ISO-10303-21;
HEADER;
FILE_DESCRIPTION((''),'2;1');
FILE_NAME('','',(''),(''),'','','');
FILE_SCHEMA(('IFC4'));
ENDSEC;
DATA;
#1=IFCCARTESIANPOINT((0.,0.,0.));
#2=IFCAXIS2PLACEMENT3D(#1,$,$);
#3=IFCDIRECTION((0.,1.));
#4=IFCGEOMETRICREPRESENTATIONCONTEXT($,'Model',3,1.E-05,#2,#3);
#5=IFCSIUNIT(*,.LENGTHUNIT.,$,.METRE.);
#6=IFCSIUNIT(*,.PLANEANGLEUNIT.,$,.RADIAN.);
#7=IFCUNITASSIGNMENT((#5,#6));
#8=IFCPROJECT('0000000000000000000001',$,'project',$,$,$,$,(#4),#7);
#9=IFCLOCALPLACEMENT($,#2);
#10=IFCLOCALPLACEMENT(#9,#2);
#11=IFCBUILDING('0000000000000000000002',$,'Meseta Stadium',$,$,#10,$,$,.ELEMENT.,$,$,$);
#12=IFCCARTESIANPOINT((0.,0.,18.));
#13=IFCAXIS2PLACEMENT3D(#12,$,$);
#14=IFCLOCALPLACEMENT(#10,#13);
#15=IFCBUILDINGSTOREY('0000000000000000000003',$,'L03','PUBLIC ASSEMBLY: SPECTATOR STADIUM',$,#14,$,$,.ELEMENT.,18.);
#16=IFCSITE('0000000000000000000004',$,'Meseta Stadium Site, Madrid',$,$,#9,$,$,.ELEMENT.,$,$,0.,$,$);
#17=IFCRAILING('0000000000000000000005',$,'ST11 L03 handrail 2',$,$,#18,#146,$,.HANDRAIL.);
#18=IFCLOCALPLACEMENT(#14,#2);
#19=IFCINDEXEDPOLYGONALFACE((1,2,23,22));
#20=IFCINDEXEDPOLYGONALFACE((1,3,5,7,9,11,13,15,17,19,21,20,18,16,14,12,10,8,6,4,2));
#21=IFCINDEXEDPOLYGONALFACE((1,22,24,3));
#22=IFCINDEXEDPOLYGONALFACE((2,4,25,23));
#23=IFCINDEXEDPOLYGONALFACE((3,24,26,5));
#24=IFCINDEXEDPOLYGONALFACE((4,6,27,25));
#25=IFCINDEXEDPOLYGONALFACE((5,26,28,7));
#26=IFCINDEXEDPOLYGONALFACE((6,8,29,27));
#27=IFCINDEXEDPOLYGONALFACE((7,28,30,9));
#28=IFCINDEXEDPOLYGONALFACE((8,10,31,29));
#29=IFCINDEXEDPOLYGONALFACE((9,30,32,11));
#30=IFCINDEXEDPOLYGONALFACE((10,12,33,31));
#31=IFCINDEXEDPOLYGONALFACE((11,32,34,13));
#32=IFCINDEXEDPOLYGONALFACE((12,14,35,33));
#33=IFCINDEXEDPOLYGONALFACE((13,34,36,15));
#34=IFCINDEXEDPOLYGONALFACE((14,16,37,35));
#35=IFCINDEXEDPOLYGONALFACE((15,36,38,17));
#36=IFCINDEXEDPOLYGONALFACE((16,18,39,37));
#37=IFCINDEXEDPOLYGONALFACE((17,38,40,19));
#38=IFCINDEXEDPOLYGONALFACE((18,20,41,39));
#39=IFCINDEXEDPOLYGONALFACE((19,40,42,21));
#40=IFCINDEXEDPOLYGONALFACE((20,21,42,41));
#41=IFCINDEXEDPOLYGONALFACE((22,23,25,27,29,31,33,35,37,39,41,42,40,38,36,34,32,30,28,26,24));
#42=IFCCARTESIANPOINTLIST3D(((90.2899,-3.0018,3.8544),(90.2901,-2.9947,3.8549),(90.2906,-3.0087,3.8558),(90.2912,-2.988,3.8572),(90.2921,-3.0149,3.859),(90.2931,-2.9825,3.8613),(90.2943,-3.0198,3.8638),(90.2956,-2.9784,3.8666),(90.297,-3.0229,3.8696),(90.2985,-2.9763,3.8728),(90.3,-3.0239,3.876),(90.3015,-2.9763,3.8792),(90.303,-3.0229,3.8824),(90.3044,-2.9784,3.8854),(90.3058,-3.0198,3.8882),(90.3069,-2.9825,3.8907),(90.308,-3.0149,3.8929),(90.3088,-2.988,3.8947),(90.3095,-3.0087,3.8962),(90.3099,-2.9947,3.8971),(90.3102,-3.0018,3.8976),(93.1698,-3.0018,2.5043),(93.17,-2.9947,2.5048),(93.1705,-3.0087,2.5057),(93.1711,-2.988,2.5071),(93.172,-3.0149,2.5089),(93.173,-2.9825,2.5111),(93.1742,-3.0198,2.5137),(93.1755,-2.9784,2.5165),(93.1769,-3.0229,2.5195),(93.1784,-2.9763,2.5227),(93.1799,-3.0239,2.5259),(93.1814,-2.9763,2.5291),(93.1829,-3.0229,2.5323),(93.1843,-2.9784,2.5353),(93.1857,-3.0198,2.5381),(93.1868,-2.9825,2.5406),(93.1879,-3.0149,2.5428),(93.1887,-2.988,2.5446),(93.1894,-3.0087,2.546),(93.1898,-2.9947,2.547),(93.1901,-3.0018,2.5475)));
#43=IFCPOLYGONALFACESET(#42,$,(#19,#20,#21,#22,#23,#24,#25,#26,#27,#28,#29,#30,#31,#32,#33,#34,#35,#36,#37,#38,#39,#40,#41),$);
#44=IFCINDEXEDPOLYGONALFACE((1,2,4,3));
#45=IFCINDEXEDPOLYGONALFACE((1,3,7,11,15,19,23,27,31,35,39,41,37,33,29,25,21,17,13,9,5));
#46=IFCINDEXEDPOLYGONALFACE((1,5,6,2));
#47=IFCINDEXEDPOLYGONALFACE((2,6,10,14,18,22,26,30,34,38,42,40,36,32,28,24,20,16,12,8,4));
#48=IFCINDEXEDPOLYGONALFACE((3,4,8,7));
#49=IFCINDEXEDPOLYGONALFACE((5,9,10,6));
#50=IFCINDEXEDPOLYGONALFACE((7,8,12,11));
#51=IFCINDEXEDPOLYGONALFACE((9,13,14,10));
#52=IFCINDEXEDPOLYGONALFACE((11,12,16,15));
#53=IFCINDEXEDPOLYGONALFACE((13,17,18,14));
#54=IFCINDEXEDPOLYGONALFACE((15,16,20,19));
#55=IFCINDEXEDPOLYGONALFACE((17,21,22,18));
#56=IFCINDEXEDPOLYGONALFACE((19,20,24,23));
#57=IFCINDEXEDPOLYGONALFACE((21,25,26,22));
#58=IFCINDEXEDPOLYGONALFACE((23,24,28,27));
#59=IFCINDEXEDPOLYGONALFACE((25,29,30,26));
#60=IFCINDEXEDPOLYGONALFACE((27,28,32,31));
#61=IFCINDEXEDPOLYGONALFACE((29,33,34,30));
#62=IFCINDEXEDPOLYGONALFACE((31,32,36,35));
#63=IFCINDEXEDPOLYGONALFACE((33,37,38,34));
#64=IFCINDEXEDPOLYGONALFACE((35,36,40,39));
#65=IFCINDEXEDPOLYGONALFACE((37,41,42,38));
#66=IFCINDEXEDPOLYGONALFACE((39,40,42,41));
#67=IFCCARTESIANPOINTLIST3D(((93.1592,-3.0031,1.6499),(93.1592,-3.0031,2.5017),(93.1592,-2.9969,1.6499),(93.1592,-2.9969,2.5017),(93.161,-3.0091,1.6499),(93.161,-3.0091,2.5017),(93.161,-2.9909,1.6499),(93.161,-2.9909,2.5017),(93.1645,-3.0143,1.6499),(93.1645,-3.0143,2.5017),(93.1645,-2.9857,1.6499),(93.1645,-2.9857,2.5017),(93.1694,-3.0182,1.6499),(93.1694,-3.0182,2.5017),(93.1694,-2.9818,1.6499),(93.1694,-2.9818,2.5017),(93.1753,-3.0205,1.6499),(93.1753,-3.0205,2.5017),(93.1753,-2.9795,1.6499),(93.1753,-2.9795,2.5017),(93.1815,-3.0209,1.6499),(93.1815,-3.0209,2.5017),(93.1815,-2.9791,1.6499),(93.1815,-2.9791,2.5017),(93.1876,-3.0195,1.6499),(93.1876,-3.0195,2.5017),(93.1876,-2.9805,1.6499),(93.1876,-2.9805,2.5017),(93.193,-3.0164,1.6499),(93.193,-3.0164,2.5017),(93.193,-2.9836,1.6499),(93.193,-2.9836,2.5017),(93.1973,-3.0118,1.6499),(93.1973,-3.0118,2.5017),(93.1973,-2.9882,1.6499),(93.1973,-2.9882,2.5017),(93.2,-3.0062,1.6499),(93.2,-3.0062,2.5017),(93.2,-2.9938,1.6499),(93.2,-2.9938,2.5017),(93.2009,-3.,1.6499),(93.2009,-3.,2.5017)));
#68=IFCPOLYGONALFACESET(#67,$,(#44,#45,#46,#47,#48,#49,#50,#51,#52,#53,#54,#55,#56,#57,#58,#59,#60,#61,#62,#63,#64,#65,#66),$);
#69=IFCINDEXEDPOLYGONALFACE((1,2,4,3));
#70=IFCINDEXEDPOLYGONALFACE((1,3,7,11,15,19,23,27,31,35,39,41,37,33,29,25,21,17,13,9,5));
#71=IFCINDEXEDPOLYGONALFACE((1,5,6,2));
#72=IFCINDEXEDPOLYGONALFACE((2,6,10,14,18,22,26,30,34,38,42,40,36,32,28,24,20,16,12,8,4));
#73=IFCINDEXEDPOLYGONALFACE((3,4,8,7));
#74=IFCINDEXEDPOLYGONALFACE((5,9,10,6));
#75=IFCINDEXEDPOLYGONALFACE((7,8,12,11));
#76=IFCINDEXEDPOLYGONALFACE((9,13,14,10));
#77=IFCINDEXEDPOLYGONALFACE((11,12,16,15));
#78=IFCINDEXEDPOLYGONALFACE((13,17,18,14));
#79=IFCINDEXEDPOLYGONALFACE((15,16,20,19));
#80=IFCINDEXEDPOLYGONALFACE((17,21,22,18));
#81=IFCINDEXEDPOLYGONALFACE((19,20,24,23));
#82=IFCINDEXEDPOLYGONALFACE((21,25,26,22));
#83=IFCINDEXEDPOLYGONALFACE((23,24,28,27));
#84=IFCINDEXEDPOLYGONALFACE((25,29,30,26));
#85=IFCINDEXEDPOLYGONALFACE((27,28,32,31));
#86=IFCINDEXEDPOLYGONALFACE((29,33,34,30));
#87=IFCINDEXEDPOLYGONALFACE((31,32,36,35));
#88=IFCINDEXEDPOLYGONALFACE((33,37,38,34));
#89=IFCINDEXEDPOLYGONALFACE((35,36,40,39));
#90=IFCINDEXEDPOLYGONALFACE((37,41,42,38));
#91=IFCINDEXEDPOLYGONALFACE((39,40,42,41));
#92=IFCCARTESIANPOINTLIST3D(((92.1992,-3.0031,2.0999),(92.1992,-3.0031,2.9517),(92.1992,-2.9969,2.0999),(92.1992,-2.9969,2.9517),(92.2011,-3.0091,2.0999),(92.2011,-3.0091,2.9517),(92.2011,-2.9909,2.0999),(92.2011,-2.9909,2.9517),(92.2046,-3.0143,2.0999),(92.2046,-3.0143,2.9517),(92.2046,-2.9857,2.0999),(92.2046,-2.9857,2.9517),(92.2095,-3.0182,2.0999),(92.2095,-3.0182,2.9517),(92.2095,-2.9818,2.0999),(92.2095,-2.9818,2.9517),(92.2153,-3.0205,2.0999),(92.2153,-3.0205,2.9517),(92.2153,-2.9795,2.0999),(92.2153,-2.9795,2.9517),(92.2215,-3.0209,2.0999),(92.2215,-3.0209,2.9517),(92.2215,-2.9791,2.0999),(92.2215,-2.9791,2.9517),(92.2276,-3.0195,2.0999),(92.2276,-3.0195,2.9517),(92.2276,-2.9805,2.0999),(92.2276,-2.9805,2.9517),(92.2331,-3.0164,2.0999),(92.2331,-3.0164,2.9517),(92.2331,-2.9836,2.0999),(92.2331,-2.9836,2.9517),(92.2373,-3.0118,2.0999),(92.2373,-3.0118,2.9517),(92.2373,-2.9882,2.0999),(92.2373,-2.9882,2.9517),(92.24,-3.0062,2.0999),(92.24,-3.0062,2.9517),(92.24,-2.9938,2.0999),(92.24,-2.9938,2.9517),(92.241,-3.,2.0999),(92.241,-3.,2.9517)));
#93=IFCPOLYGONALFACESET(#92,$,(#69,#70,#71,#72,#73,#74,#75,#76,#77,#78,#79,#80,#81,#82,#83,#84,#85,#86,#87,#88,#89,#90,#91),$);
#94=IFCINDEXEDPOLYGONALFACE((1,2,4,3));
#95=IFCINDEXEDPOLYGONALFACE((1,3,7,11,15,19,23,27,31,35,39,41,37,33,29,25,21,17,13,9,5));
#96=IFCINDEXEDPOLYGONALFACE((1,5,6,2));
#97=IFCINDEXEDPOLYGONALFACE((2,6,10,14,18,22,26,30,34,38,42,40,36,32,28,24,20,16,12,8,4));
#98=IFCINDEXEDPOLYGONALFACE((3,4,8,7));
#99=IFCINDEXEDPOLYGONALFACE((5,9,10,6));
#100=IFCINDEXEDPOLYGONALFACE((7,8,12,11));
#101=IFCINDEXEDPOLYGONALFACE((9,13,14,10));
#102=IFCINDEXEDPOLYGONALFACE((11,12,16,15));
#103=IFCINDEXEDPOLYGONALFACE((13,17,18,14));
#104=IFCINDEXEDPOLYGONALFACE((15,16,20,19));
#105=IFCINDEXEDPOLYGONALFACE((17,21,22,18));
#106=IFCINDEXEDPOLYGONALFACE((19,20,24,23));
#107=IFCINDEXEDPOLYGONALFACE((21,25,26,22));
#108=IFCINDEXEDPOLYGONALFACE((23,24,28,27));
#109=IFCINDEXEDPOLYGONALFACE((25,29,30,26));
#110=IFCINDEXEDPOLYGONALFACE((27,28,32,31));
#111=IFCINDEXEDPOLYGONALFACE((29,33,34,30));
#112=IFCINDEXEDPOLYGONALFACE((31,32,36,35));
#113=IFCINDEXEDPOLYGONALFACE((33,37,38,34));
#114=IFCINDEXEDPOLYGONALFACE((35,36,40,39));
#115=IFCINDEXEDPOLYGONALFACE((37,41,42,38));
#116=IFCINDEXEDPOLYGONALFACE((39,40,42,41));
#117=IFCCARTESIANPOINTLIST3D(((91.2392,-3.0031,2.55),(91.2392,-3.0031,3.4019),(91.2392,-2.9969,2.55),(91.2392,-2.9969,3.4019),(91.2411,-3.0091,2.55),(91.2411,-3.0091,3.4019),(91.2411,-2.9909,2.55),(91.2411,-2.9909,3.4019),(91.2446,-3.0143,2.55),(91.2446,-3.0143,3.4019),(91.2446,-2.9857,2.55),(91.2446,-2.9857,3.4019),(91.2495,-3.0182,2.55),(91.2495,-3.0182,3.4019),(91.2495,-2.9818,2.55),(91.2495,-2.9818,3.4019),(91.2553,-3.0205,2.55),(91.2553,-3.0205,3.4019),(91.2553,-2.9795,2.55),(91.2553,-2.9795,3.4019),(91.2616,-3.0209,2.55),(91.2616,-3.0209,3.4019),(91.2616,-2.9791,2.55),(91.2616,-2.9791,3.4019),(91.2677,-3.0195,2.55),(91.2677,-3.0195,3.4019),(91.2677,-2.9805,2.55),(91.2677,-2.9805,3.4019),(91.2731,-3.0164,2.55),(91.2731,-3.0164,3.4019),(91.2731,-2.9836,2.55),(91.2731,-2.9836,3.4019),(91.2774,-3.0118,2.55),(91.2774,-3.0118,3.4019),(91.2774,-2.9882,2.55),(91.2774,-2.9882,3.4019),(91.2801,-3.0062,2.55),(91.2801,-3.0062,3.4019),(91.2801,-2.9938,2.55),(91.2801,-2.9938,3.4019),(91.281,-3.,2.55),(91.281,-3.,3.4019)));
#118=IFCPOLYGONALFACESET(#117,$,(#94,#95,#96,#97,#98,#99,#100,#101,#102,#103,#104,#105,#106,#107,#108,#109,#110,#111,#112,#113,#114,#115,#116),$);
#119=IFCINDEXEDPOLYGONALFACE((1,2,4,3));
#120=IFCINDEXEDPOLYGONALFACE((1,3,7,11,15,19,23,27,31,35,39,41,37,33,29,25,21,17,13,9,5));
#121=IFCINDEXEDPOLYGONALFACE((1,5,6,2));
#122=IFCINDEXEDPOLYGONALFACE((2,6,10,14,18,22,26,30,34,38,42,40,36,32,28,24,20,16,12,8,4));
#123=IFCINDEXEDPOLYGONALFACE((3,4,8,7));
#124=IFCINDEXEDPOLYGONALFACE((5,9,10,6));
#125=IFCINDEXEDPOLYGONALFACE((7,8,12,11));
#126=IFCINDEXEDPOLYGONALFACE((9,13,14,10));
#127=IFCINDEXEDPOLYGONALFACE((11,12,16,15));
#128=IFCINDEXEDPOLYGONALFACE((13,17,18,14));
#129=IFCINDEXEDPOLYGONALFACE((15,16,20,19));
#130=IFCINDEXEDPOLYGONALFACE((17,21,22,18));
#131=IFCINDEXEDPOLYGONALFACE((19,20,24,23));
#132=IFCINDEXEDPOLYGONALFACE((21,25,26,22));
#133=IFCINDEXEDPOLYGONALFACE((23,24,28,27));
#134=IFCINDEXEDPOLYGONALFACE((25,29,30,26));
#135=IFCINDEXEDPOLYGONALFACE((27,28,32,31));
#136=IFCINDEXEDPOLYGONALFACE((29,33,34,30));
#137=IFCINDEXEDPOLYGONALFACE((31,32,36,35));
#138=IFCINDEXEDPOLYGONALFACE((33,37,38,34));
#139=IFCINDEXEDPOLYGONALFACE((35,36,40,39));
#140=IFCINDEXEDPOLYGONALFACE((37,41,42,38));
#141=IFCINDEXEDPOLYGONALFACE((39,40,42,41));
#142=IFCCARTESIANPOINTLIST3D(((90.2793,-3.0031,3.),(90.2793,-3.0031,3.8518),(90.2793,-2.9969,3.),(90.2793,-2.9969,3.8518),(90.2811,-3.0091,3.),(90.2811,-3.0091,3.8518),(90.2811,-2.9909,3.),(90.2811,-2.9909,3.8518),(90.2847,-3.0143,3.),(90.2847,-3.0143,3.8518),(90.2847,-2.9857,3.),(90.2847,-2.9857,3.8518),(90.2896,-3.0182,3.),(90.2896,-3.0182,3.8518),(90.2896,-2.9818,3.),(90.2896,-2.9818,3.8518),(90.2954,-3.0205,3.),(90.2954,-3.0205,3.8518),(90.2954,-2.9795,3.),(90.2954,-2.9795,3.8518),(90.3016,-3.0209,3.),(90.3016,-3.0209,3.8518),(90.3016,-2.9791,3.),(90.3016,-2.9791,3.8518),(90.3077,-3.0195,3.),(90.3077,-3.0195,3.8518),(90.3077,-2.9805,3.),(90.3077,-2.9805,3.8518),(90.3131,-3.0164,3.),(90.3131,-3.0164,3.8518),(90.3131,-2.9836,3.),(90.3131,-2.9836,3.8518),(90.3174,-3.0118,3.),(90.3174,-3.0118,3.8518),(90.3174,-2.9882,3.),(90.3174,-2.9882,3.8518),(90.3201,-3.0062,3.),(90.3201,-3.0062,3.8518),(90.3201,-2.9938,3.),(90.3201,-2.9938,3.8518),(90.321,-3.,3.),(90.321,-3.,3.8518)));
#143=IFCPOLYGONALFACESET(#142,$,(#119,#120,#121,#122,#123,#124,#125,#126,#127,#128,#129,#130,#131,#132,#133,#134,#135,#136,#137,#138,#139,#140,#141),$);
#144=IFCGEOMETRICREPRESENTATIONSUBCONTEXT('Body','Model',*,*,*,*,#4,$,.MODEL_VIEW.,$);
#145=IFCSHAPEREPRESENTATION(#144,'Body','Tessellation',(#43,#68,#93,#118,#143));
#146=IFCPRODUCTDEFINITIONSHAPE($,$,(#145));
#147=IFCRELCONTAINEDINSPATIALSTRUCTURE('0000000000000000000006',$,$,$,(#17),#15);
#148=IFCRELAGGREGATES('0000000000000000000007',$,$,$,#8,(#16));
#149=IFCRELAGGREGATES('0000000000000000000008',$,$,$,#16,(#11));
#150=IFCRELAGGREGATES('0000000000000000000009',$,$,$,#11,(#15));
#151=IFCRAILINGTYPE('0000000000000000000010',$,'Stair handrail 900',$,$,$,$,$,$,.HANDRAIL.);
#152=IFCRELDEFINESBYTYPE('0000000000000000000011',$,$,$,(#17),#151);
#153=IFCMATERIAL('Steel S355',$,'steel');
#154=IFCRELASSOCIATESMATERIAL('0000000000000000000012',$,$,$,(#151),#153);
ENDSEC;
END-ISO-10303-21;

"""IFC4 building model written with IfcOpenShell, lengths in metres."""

from ifc_helpers import new_model, si_unit, direction, frame, origin, origin_2d, place, context, subcontext, project, spatial, circle, extrude, material, type_object, element, save


model = new_model("IFC4")

# Units and contexts
model_context = context("Model", 3, precision=1e-05, world=origin(), true_north=direction((0.0, 1.0)))
body_context = subcontext(model_context, "Body", "Model", "MODEL_VIEW")
ifc_project = project(units=[si_unit("LENGTHUNIT", "METRE"), si_unit("PLANEANGLEUNIT", "RADIAN")], contexts=[model_context])

# Site, building, storey
site_placement = place(None, origin())
site = spatial("IfcSite", under=ifc_project, at=site_placement, Name="Meseta Stadium Site, Madrid", CompositionType="ELEMENT", RefElevation=0.0)
building_placement = place(site_placement, origin())
building = spatial("IfcBuilding", under=site, at=building_placement, Name="Meseta Stadium", CompositionType="ELEMENT")
storey_placement = place(building_placement, frame((0.0, 0.0, 18.0)))
storey = spatial("IfcBuildingStorey", under=building, at=storey_placement, Name="L03", Description="PUBLIC ASSEMBLY: SPECTATOR STADIUM", CompositionType="ELEMENT", Elevation=18.0)

# Railing
ifc_material_1 = material(Name="Steel S355", Category="steel")
railing_type_1 = type_object("IfcRailingType", Name="Stair handrail 900", PredefinedType="HANDRAIL", material=ifc_material_1)
for number, where, name in (
    (1, (93.1799, -3.0, 1.6499), "ST11 L03 handrail 2"),
):
    element("IfcRailing", number, at=place(storey_placement, frame(where)), inside=storey, type_object=railing_type_1, Name=name, PredefinedType="HANDRAIL", context=body_context, shape_type="SweptSolid", body=[
        extrude(circle(Radius=0.0239, at=origin_2d()), frame((0.0, 0.0, 0.876), z_axis=(-0.90544, 0.0, 0.424473), x_axis=(0.0, -1.0, 0.0)), (0.0, 0.0, 1.0), 3.1807),
        extrude(circle(Radius=0.021, at=origin_2d()), origin(), (0.0, 0.0, 1.0), 0.8518),
        extrude(circle(Radius=0.021, at=origin_2d()), frame((-0.96, 0.0, 0.45)), (0.0, 0.0, 1.0), 0.8518),
        extrude(circle(Radius=0.021, at=origin_2d()), frame((-1.9199, 0.0, 0.9001)), (0.0, 0.0, 1.0), 0.8518),
        extrude(circle(Radius=0.021, at=origin_2d()), frame((-2.8799, 0.0, 1.3501)), (0.0, 0.0, 1.0), 0.8518),
    ])

save(model, "model.ifc")
